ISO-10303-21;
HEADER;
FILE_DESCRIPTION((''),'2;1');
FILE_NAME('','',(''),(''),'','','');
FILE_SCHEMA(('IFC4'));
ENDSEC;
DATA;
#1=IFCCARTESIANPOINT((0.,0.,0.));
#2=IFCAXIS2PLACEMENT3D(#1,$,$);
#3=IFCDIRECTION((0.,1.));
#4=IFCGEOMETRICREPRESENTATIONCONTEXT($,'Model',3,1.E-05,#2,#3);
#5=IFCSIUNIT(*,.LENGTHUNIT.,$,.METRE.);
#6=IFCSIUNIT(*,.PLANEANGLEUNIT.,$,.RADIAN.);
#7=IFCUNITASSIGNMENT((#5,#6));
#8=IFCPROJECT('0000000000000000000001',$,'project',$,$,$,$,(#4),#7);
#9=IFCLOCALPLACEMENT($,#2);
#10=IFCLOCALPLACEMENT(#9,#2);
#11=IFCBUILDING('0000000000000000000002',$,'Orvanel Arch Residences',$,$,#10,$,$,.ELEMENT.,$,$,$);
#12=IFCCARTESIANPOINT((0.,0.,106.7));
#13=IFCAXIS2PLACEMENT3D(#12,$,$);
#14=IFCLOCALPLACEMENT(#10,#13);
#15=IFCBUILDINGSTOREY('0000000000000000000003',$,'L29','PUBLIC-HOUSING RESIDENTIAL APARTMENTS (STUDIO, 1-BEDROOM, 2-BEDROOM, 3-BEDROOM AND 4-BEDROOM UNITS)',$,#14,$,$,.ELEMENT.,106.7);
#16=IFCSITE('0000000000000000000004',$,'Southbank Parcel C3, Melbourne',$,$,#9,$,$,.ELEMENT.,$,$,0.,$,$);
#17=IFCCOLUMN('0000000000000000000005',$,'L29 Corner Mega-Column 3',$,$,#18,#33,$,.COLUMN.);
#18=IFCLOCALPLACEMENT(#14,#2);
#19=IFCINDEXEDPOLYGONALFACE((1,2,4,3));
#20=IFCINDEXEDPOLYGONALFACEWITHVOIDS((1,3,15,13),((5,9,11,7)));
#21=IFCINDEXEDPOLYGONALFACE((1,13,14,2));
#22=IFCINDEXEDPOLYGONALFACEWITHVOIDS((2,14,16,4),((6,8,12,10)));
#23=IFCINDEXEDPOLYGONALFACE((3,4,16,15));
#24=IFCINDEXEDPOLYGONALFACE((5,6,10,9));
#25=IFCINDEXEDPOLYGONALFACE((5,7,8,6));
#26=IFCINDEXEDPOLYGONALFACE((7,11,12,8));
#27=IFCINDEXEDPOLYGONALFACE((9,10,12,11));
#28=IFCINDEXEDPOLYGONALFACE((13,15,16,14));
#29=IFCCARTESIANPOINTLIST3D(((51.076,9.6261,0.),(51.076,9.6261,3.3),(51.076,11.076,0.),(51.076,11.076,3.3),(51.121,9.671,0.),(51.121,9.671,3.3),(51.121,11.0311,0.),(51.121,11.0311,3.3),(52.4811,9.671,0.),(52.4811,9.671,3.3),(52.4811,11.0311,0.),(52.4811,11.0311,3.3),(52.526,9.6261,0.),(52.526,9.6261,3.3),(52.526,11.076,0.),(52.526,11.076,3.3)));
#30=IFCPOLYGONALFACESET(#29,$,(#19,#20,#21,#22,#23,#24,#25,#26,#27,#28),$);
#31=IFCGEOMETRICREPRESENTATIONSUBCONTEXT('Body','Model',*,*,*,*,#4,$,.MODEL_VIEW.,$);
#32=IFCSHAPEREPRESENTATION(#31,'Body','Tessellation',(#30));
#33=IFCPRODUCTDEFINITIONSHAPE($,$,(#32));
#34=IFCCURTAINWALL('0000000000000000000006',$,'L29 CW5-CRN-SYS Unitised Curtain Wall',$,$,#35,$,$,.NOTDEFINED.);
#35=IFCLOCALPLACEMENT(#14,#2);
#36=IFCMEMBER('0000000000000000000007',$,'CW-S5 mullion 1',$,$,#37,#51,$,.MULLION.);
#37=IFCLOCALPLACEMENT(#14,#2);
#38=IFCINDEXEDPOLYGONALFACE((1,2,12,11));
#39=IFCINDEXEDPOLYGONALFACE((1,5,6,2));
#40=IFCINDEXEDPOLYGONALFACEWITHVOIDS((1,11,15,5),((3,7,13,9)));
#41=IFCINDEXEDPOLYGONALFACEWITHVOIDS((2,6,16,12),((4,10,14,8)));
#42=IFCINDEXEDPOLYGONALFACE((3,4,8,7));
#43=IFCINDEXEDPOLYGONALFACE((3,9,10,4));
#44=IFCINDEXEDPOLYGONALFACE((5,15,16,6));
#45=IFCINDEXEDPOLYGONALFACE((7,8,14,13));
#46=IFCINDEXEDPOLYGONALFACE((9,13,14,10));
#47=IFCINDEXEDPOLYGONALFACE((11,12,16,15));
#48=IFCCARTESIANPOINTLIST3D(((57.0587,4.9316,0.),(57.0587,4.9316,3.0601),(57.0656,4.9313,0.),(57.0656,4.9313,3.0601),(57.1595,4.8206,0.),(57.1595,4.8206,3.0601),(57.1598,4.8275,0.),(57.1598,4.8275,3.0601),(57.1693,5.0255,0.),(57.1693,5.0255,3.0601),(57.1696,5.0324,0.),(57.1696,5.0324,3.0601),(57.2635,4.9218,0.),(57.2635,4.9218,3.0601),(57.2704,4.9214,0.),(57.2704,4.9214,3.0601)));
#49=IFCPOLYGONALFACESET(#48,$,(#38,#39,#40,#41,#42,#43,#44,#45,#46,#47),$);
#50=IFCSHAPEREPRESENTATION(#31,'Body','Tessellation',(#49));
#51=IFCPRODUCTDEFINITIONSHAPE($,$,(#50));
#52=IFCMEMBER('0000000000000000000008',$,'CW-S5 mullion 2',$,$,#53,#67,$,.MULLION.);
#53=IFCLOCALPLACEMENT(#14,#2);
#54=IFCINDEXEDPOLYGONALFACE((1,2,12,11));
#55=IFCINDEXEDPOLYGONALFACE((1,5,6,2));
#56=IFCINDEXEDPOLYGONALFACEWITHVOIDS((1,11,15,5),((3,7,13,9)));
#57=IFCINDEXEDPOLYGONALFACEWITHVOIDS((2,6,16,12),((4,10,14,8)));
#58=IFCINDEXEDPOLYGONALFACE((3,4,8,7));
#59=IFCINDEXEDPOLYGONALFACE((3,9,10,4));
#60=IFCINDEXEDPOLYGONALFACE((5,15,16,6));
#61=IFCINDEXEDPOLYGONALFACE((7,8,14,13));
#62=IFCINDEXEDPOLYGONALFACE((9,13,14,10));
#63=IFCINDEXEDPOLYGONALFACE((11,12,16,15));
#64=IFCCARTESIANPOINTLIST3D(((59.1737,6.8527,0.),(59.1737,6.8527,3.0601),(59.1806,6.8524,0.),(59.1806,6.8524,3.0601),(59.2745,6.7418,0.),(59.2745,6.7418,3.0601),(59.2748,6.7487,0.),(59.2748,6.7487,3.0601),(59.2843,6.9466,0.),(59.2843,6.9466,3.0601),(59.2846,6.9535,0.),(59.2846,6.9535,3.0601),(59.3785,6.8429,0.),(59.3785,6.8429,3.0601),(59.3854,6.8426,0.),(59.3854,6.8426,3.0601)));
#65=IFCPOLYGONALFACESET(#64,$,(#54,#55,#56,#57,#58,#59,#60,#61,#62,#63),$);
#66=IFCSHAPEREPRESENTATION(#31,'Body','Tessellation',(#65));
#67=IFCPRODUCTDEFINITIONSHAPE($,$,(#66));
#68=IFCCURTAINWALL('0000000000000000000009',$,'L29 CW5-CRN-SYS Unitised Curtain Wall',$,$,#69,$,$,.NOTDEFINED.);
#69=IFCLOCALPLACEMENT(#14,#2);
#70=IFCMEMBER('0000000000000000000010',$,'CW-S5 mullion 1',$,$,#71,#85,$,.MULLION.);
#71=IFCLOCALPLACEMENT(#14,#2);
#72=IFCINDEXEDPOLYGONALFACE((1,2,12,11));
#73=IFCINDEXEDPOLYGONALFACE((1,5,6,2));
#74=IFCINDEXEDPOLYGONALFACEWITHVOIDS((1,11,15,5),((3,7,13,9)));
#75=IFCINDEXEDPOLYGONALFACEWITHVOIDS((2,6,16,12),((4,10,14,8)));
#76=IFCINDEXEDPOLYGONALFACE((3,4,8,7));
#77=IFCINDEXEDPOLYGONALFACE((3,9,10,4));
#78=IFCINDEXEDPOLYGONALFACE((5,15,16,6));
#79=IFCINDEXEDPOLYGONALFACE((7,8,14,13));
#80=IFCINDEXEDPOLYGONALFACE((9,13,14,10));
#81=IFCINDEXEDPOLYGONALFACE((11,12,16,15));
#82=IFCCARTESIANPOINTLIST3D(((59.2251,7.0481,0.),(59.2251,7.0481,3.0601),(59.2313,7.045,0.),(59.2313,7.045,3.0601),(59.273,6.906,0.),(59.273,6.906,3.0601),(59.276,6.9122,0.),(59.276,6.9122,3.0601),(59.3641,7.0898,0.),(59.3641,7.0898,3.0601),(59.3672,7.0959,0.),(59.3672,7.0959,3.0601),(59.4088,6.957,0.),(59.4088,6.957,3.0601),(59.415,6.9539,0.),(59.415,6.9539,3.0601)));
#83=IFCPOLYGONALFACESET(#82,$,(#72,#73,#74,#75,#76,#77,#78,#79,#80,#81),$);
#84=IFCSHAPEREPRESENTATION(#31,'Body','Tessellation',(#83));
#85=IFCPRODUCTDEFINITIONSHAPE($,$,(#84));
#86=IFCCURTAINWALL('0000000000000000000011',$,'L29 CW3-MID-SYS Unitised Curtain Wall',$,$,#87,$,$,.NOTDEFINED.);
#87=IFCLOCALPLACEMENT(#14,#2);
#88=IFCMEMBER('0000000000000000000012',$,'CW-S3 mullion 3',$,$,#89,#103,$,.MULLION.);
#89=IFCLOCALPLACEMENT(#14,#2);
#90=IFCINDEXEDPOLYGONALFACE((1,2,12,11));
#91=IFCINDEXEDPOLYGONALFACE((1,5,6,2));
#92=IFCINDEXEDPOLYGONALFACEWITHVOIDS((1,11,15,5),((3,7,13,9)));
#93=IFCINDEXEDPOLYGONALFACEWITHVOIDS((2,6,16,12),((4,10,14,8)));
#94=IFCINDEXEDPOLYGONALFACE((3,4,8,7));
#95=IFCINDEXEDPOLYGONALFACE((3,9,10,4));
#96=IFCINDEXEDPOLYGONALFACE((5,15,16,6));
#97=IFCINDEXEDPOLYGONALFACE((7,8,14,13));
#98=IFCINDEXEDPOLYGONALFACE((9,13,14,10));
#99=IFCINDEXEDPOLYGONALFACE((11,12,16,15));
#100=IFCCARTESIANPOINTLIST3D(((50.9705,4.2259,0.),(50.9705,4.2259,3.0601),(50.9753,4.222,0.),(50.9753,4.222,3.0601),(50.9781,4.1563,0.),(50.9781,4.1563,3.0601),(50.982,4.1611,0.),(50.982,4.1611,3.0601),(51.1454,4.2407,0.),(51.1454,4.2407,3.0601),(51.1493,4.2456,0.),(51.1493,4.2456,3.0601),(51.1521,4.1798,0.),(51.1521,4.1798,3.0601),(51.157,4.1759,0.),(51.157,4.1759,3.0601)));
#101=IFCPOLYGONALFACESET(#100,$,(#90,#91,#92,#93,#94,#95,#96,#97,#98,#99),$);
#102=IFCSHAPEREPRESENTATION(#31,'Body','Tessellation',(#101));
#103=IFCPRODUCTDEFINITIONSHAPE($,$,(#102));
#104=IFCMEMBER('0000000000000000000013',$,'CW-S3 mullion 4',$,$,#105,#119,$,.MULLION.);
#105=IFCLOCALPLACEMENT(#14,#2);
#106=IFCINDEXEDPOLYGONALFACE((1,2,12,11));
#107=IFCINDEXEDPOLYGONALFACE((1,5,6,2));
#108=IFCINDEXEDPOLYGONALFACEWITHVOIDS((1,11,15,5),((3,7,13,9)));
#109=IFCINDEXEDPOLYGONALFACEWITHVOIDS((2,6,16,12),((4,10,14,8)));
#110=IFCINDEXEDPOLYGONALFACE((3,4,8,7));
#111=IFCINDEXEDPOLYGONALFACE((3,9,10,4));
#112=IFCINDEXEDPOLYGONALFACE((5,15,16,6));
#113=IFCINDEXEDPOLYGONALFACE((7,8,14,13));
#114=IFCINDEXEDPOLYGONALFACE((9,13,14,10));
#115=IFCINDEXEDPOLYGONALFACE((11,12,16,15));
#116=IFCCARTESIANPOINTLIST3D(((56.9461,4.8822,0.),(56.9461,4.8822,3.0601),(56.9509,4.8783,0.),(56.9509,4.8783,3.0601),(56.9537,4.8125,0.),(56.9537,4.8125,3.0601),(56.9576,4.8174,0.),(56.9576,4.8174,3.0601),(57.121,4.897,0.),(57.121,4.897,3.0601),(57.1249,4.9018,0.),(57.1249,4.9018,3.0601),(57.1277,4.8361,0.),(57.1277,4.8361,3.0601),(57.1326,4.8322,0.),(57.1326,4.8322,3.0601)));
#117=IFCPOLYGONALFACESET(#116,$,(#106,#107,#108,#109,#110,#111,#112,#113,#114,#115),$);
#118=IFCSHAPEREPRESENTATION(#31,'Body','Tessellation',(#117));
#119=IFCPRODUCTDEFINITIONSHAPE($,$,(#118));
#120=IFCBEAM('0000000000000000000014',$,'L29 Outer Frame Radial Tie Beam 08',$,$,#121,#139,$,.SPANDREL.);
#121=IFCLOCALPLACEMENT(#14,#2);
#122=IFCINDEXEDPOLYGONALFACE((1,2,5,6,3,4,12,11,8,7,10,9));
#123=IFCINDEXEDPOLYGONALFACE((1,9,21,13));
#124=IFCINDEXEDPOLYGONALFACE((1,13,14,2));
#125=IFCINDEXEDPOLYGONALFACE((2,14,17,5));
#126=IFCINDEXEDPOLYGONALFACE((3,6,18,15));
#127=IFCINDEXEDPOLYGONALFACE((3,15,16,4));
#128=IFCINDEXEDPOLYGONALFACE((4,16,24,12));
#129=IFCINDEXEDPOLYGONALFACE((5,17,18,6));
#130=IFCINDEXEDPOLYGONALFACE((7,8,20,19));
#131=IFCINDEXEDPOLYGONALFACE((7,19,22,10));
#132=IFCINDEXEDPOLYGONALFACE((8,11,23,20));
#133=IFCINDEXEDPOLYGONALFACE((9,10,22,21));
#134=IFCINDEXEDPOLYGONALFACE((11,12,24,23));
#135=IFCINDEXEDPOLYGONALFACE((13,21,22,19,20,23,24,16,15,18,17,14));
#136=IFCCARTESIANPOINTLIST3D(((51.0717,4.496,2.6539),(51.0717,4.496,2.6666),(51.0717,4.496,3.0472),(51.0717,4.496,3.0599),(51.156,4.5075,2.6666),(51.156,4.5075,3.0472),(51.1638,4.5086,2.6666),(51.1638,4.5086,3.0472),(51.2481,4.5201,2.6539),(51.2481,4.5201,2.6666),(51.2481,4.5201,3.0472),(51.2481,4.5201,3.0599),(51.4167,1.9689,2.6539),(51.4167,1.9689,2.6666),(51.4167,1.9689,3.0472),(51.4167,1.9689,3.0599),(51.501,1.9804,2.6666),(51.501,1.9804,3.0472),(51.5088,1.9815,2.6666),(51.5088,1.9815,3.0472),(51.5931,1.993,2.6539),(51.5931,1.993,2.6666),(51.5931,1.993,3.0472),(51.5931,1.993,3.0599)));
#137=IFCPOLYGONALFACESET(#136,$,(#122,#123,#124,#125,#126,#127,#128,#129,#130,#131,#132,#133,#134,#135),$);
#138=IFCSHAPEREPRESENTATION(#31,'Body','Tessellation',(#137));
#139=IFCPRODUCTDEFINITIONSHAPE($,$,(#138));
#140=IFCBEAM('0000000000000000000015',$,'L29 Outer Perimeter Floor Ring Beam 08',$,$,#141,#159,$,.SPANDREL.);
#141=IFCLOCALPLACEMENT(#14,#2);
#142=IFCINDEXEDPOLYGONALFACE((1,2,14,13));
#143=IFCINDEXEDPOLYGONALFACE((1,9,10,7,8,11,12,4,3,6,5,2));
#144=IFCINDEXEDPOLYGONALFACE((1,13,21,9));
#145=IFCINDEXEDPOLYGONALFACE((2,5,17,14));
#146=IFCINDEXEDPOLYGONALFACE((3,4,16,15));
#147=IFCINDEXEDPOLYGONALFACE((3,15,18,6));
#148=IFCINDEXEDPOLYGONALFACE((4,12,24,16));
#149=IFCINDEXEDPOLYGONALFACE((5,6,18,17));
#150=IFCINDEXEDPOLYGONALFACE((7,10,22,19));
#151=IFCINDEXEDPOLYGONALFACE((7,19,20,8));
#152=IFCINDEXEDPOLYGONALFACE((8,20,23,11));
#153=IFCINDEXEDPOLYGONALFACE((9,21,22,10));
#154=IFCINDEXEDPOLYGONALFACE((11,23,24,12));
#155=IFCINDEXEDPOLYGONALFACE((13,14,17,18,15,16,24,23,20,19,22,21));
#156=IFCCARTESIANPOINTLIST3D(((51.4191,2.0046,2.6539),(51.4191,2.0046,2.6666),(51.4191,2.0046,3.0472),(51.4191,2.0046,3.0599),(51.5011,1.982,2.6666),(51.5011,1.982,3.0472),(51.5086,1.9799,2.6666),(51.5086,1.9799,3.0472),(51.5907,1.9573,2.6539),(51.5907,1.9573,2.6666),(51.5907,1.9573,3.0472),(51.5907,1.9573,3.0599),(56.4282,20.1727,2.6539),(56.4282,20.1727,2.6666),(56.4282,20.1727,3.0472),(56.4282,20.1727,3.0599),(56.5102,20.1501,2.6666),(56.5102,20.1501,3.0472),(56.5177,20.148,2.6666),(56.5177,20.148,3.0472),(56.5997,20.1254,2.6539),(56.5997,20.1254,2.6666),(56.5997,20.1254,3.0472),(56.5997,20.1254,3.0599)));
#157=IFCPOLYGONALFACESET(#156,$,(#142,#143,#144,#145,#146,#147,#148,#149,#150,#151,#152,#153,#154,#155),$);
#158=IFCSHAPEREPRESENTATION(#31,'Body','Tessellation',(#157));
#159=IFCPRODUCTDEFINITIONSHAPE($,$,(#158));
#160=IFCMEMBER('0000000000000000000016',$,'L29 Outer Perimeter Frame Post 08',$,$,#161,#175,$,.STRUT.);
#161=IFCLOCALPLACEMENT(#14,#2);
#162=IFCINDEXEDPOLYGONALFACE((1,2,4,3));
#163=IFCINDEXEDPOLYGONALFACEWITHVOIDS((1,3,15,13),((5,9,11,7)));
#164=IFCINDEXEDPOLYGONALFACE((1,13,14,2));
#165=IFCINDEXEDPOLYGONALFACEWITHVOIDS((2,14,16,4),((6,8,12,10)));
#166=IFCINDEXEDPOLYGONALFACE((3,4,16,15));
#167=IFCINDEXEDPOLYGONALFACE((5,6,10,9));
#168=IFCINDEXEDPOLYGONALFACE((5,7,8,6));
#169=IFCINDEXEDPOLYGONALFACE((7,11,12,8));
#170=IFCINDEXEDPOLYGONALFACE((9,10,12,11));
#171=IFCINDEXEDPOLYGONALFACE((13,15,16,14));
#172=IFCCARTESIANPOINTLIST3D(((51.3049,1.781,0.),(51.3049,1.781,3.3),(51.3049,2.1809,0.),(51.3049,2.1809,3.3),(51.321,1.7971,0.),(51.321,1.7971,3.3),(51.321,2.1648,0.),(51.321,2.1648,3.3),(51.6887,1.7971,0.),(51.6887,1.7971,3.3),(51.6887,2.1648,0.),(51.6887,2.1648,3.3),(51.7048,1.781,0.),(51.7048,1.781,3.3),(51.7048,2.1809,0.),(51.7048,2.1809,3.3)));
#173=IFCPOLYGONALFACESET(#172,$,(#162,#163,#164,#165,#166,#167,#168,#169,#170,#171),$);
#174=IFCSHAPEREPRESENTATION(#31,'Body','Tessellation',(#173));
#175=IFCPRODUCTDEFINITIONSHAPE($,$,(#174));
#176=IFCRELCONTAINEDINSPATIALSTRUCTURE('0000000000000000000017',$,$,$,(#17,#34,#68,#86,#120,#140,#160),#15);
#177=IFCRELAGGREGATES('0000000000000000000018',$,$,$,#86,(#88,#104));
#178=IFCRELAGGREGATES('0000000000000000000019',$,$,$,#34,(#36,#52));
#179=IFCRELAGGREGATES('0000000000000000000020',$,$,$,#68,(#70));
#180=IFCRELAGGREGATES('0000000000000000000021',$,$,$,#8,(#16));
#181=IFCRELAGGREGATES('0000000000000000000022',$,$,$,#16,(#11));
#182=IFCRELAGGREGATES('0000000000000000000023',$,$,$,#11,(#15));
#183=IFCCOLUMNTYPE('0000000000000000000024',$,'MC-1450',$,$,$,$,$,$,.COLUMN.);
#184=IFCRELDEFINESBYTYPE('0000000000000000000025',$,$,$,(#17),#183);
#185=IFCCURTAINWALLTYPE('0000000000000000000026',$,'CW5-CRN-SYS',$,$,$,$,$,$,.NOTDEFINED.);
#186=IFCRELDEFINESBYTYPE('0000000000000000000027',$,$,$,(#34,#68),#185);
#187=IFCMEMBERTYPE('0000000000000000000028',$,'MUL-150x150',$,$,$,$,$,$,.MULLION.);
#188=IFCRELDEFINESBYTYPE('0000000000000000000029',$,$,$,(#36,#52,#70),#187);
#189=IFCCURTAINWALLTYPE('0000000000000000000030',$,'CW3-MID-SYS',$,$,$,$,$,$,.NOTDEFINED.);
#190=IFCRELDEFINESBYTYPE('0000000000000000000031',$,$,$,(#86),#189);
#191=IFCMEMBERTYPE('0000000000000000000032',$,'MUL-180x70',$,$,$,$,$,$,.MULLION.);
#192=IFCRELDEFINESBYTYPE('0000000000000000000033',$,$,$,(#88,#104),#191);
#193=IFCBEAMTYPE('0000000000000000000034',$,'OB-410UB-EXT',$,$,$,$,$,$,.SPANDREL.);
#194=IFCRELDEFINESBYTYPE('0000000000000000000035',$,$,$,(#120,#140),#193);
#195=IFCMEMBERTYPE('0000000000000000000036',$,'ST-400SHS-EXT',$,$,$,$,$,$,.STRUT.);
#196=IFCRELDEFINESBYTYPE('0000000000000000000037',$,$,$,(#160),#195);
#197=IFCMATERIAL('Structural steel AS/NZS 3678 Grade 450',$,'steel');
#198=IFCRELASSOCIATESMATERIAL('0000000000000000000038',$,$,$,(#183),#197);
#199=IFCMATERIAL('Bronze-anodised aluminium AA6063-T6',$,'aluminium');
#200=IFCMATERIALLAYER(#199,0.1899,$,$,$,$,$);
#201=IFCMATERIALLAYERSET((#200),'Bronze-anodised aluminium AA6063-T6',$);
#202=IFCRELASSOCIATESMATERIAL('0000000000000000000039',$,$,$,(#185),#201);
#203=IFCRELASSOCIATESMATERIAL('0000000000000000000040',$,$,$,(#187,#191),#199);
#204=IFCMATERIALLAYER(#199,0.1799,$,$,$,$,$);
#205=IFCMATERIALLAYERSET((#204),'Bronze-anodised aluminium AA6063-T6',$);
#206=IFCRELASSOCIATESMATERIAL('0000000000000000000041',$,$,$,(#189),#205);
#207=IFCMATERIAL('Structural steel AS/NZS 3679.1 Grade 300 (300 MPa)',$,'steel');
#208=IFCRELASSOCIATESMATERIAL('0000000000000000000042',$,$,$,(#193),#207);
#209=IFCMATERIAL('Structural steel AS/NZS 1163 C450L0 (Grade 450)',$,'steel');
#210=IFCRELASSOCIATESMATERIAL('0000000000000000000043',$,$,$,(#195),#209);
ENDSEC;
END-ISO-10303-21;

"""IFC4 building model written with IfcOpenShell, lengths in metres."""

from ifc_helpers import new_model, si_unit, direction, frame, origin, origin_2d, place, context, subcontext, project, spatial, hollow_rectangle, i_section, extrude, material, layer, layer_set, material_profile, profile_set, type_object, element, aggregate, save


model = new_model("IFC4")

# Units and contexts
model_context = context("Model", 3, precision=1e-05, world=origin(), true_north=direction((0.0, 1.0)))
body_context = subcontext(model_context, "Body", "Model", "MODEL_VIEW")
ifc_project = project(units=[si_unit("LENGTHUNIT", "METRE"), si_unit("PLANEANGLEUNIT", "RADIAN")], contexts=[model_context])

# Site, building, storey
site_placement = place(None, origin())
site = spatial("IfcSite", under=ifc_project, at=site_placement, Name="Southbank Parcel C3, Melbourne", CompositionType="ELEMENT", RefElevation=0.0)
building_placement = place(site_placement, origin())
building = spatial("IfcBuilding", under=site, at=building_placement, Name="Orvanel Arch Residences", CompositionType="ELEMENT")
storey_placement = place(building_placement, frame((0.0, 0.0, 106.7)))
storey = spatial("IfcBuildingStorey", under=building, at=storey_placement, Name="L29", Description="PUBLIC-HOUSING RESIDENTIAL APARTMENTS (STUDIO, 1-BEDROOM, 2-BEDROOM, 3-BEDROOM AND 4-BEDROOM UNITS)", CompositionType="ELEMENT", Elevation=106.7)

# Column
ifc_material_1 = material(Name="Structural steel AS/NZS 3678 Grade 450", Category="steel")
ifc_material_profile_1 = material_profile(ifc_material_1, hollow_rectangle(XDim=1.45, YDim=1.45, WallThickness=0.0449, at=origin_2d()), Name="BOX1450x1450x45")
ifc_profile_set_1 = profile_set([ifc_material_profile_1], Name="Structural steel AS/NZS 3678 Grade 450")
column_type = type_object("IfcColumnType", Name="MC-1450", PredefinedType="COLUMN", material=ifc_profile_set_1)
column_placement = place(storey_placement, frame((51.801, 10.3511, 0.0), z_axis=(0.0, 0.0, 1.0), x_axis=(1.0, 0.0, 0.0)))
element("IfcColumn", 1, at=column_placement, inside=storey, type_object=column_type, Name="L29 Corner Mega-Column 3", PredefinedType="COLUMN", context=body_context, shape_type="SweptSolid", body=[
    extrude(hollow_rectangle(XDim=1.45, YDim=1.45, WallThickness=0.0449, at=origin_2d()), origin(), (0.0, 0.0, 1.0), 3.3),
])

# Curtain wall, members
ifc_material_2 = material(Name="Bronze-anodised aluminium AA6063-T6", Category="aluminium")
ifc_layer_1 = layer(ifc_material_2, 0.1899)
ifc_layer_set_1 = layer_set([ifc_layer_1], Name="Bronze-anodised aluminium AA6063-T6")
curtain_wall_type_1 = type_object("IfcCurtainWallType", Name="CW5-CRN-SYS", PredefinedType="NOTDEFINED", material=ifc_layer_set_1)
curtain_wall_1_placement = place(storey_placement, origin())
curtain_wall_1 = element("IfcCurtainWall", 2, at=curtain_wall_1_placement, inside=storey, type_object=curtain_wall_type_1, Name="L29 CW5-CRN-SYS Unitised Curtain Wall", PredefinedType="NOTDEFINED")
ifc_material_profile_2 = material_profile(ifc_material_2, hollow_rectangle(XDim=0.1499, YDim=0.1499, WallThickness=0.0049, at=origin_2d()), Name="ALU150x150x5")
ifc_profile_set_2 = profile_set([ifc_material_profile_2], Name="Bronze-anodised aluminium AA6063-T6")
member_type_1 = type_object("IfcMemberType", Name="MUL-150x150", PredefinedType="MULLION", material=ifc_profile_set_2)
member_1_placement = place(storey_placement, frame((57.1646, 4.9265, 0.0), z_axis=(0.0, 0.0, 1.0), x_axis=(-0.672375, 0.740211, 0.0)))
member_1 = element("IfcMember", 3, at=member_1_placement, type_object=member_type_1, Name="CW-S5 mullion 1", PredefinedType="MULLION", context=body_context, shape_type="SweptSolid", body=[
    extrude(hollow_rectangle(XDim=0.1499, YDim=0.1499, WallThickness=0.0049, at=origin_2d()), origin(), (0.0, 0.0, 1.0), 3.0601),
])
member_2_placement = place(storey_placement, frame((59.2795, 6.8477, 0.0), z_axis=(0.0, 0.0, 1.0), x_axis=(-0.672375, 0.740211, 0.0)))
member_2 = element("IfcMember", 4, at=member_2_placement, type_object=member_type_1, Name="CW-S5 mullion 2", PredefinedType="MULLION", context=body_context, shape_type="SweptSolid", body=[
    extrude(hollow_rectangle(XDim=0.1499, YDim=0.1499, WallThickness=0.0049, at=origin_2d()), origin(), (0.0, 0.0, 1.0), 3.0601),
])

# Curtain wall, member
curtain_wall_2_placement = place(storey_placement, origin())
curtain_wall_2 = element("IfcCurtainWall", 5, at=curtain_wall_2_placement, inside=storey, type_object=curtain_wall_type_1, Name="L29 CW5-CRN-SYS Unitised Curtain Wall", PredefinedType="NOTDEFINED")
member_3_placement = place(storey_placement, frame((59.3201, 7.001, 0.0), z_axis=(0.0, 0.0, 1.0), x_axis=(-0.947625, -0.319385, 0.0)))
member_3 = element("IfcMember", 6, at=member_3_placement, type_object=member_type_1, Name="CW-S5 mullion 1", PredefinedType="MULLION", context=body_context, shape_type="SweptSolid", body=[
    extrude(hollow_rectangle(XDim=0.1499, YDim=0.1499, WallThickness=0.0049, at=origin_2d()), origin(), (0.0, 0.0, 1.0), 3.0601),
])

# Curtain wall, members
ifc_layer_2 = layer(ifc_material_2, 0.1799)
ifc_layer_set_2 = layer_set([ifc_layer_2], Name="Bronze-anodised aluminium AA6063-T6")
curtain_wall_type_2 = type_object("IfcCurtainWallType", Name="CW3-MID-SYS", PredefinedType="NOTDEFINED", material=ifc_layer_set_2)
curtain_wall_3_placement = place(storey_placement, origin())
curtain_wall_3 = element("IfcCurtainWall", 7, at=curtain_wall_3_placement, inside=storey, type_object=curtain_wall_type_2, Name="L29 CW3-MID-SYS Unitised Curtain Wall", PredefinedType="NOTDEFINED")
ifc_material_profile_3 = material_profile(ifc_material_2, hollow_rectangle(XDim=0.0701, YDim=0.1799, WallThickness=0.0044, at=origin_2d()), Name="ALU180x70x4.5")
ifc_profile_set_3 = profile_set([ifc_material_profile_3], Name="Bronze-anodised aluminium AA6063-T6")
member_type_2 = type_object("IfcMemberType", Name="MUL-180x70", PredefinedType="MULLION", material=ifc_profile_set_3)
member_4_placement = place(storey_placement, frame((51.0637, 4.2009, 0.0), z_axis=(0.0, 0.0, 1.0), x_axis=(-0.109155, 0.994025, 0.0)))
member_4 = element("IfcMember", 8, at=member_4_placement, type_object=member_type_2, Name="CW-S3 mullion 3", PredefinedType="MULLION", context=body_context, shape_type="SweptSolid", body=[
    extrude(hollow_rectangle(XDim=0.0701, YDim=0.1799, WallThickness=0.0044, at=origin_2d()), origin(), (0.0, 0.0, 1.0), 3.0601),
])
member_5_placement = place(storey_placement, frame((57.0393, 4.8572, 0.0), z_axis=(0.0, 0.0, 1.0), x_axis=(-0.109155, 0.994025, 0.0)))
member_5 = element("IfcMember", 9, at=member_5_placement, type_object=member_type_2, Name="CW-S3 mullion 4", PredefinedType="MULLION", context=body_context, shape_type="SweptSolid", body=[
    extrude(hollow_rectangle(XDim=0.0701, YDim=0.1799, WallThickness=0.0044, at=origin_2d()), origin(), (0.0, 0.0, 1.0), 3.0601),
])

# Beams
ifc_material_3 = material(Name="Structural steel AS/NZS 3679.1 Grade 300 (300 MPa)", Category="steel")
ifc_material_profile_4 = material_profile(ifc_material_3, i_section(OverallWidth=0.178, OverallDepth=0.406, WebThickness=0.0078, FlangeThickness=0.0127, at=origin_2d()), Name="410UB59.7")
ifc_profile_set_4 = profile_set([ifc_material_profile_4], Name="Structural steel AS/NZS 3679.1 Grade 300 (300 MPa)")
beam_type = type_object("IfcBeamType", Name="OB-410UB-EXT", PredefinedType="SPANDREL", material=ifc_profile_set_4)
beam_1_placement = place(storey_placement, frame((51.1599, 4.5081, 2.8569), z_axis=(0.135254, -0.990811, 0.0), x_axis=(0.990811, 0.135254, 0.0)))
element("IfcBeam", 10, at=beam_1_placement, inside=storey, type_object=beam_type, Name="L29 Outer Frame Radial Tie Beam 08", PredefinedType="SPANDREL", context=body_context, shape_type="SweptSolid", body=[
    extrude(i_section(OverallWidth=0.178, OverallDepth=0.406, WebThickness=0.0078, FlangeThickness=0.0127, at=origin_2d()), origin(), (0.0, 0.0, 1.0), 2.5505),
])
beam_2_placement = place(storey_placement, frame((51.5049, 1.981, 2.8569), z_axis=(0.26579, 0.964031, 0.0), x_axis=(-0.964031, 0.26579, 0.0)))
element("IfcBeam", 11, at=beam_2_placement, inside=storey, type_object=beam_type, Name="L29 Outer Perimeter Floor Ring Beam 08", PredefinedType="SPANDREL", context=body_context, shape_type="SweptSolid", body=[
    extrude(i_section(OverallWidth=0.178, OverallDepth=0.406, WebThickness=0.0078, FlangeThickness=0.0127, at=origin_2d()), origin(), (0.0, 0.0, 1.0), 18.8459),
])

# Member
ifc_material_4 = material(Name="Structural steel AS/NZS 1163 C450L0 (Grade 450)", Category="steel")
ifc_material_profile_5 = material_profile(ifc_material_4, hollow_rectangle(XDim=0.3999, YDim=0.3999, WallThickness=0.0161, at=origin_2d()), Name="SHS400x400x16")
ifc_profile_set_5 = profile_set([ifc_material_profile_5], Name="Structural steel AS/NZS 1163 C450L0 (Grade 450)")
member_type_3 = type_object("IfcMemberType", Name="ST-400SHS-EXT", PredefinedType="STRUT", material=ifc_profile_set_5)
member_6_placement = place(storey_placement, frame((51.5049, 1.981, 0.0), z_axis=(0.0, 0.0, 1.0), x_axis=(1.0, 0.0, 0.0)))
element("IfcMember", 12, at=member_6_placement, inside=storey, type_object=member_type_3, Name="L29 Outer Perimeter Frame Post 08", PredefinedType="STRUT", context=body_context, shape_type="SweptSolid", body=[
    extrude(hollow_rectangle(XDim=0.3999, YDim=0.3999, WallThickness=0.0161, at=origin_2d()), origin(), (0.0, 0.0, 1.0), 3.3),
])

aggregate(curtain_wall_3, [member_4, member_5])
aggregate(curtain_wall_1, [member_1, member_2])
aggregate(curtain_wall_2, [member_3])

save(model, "model.ifc")
